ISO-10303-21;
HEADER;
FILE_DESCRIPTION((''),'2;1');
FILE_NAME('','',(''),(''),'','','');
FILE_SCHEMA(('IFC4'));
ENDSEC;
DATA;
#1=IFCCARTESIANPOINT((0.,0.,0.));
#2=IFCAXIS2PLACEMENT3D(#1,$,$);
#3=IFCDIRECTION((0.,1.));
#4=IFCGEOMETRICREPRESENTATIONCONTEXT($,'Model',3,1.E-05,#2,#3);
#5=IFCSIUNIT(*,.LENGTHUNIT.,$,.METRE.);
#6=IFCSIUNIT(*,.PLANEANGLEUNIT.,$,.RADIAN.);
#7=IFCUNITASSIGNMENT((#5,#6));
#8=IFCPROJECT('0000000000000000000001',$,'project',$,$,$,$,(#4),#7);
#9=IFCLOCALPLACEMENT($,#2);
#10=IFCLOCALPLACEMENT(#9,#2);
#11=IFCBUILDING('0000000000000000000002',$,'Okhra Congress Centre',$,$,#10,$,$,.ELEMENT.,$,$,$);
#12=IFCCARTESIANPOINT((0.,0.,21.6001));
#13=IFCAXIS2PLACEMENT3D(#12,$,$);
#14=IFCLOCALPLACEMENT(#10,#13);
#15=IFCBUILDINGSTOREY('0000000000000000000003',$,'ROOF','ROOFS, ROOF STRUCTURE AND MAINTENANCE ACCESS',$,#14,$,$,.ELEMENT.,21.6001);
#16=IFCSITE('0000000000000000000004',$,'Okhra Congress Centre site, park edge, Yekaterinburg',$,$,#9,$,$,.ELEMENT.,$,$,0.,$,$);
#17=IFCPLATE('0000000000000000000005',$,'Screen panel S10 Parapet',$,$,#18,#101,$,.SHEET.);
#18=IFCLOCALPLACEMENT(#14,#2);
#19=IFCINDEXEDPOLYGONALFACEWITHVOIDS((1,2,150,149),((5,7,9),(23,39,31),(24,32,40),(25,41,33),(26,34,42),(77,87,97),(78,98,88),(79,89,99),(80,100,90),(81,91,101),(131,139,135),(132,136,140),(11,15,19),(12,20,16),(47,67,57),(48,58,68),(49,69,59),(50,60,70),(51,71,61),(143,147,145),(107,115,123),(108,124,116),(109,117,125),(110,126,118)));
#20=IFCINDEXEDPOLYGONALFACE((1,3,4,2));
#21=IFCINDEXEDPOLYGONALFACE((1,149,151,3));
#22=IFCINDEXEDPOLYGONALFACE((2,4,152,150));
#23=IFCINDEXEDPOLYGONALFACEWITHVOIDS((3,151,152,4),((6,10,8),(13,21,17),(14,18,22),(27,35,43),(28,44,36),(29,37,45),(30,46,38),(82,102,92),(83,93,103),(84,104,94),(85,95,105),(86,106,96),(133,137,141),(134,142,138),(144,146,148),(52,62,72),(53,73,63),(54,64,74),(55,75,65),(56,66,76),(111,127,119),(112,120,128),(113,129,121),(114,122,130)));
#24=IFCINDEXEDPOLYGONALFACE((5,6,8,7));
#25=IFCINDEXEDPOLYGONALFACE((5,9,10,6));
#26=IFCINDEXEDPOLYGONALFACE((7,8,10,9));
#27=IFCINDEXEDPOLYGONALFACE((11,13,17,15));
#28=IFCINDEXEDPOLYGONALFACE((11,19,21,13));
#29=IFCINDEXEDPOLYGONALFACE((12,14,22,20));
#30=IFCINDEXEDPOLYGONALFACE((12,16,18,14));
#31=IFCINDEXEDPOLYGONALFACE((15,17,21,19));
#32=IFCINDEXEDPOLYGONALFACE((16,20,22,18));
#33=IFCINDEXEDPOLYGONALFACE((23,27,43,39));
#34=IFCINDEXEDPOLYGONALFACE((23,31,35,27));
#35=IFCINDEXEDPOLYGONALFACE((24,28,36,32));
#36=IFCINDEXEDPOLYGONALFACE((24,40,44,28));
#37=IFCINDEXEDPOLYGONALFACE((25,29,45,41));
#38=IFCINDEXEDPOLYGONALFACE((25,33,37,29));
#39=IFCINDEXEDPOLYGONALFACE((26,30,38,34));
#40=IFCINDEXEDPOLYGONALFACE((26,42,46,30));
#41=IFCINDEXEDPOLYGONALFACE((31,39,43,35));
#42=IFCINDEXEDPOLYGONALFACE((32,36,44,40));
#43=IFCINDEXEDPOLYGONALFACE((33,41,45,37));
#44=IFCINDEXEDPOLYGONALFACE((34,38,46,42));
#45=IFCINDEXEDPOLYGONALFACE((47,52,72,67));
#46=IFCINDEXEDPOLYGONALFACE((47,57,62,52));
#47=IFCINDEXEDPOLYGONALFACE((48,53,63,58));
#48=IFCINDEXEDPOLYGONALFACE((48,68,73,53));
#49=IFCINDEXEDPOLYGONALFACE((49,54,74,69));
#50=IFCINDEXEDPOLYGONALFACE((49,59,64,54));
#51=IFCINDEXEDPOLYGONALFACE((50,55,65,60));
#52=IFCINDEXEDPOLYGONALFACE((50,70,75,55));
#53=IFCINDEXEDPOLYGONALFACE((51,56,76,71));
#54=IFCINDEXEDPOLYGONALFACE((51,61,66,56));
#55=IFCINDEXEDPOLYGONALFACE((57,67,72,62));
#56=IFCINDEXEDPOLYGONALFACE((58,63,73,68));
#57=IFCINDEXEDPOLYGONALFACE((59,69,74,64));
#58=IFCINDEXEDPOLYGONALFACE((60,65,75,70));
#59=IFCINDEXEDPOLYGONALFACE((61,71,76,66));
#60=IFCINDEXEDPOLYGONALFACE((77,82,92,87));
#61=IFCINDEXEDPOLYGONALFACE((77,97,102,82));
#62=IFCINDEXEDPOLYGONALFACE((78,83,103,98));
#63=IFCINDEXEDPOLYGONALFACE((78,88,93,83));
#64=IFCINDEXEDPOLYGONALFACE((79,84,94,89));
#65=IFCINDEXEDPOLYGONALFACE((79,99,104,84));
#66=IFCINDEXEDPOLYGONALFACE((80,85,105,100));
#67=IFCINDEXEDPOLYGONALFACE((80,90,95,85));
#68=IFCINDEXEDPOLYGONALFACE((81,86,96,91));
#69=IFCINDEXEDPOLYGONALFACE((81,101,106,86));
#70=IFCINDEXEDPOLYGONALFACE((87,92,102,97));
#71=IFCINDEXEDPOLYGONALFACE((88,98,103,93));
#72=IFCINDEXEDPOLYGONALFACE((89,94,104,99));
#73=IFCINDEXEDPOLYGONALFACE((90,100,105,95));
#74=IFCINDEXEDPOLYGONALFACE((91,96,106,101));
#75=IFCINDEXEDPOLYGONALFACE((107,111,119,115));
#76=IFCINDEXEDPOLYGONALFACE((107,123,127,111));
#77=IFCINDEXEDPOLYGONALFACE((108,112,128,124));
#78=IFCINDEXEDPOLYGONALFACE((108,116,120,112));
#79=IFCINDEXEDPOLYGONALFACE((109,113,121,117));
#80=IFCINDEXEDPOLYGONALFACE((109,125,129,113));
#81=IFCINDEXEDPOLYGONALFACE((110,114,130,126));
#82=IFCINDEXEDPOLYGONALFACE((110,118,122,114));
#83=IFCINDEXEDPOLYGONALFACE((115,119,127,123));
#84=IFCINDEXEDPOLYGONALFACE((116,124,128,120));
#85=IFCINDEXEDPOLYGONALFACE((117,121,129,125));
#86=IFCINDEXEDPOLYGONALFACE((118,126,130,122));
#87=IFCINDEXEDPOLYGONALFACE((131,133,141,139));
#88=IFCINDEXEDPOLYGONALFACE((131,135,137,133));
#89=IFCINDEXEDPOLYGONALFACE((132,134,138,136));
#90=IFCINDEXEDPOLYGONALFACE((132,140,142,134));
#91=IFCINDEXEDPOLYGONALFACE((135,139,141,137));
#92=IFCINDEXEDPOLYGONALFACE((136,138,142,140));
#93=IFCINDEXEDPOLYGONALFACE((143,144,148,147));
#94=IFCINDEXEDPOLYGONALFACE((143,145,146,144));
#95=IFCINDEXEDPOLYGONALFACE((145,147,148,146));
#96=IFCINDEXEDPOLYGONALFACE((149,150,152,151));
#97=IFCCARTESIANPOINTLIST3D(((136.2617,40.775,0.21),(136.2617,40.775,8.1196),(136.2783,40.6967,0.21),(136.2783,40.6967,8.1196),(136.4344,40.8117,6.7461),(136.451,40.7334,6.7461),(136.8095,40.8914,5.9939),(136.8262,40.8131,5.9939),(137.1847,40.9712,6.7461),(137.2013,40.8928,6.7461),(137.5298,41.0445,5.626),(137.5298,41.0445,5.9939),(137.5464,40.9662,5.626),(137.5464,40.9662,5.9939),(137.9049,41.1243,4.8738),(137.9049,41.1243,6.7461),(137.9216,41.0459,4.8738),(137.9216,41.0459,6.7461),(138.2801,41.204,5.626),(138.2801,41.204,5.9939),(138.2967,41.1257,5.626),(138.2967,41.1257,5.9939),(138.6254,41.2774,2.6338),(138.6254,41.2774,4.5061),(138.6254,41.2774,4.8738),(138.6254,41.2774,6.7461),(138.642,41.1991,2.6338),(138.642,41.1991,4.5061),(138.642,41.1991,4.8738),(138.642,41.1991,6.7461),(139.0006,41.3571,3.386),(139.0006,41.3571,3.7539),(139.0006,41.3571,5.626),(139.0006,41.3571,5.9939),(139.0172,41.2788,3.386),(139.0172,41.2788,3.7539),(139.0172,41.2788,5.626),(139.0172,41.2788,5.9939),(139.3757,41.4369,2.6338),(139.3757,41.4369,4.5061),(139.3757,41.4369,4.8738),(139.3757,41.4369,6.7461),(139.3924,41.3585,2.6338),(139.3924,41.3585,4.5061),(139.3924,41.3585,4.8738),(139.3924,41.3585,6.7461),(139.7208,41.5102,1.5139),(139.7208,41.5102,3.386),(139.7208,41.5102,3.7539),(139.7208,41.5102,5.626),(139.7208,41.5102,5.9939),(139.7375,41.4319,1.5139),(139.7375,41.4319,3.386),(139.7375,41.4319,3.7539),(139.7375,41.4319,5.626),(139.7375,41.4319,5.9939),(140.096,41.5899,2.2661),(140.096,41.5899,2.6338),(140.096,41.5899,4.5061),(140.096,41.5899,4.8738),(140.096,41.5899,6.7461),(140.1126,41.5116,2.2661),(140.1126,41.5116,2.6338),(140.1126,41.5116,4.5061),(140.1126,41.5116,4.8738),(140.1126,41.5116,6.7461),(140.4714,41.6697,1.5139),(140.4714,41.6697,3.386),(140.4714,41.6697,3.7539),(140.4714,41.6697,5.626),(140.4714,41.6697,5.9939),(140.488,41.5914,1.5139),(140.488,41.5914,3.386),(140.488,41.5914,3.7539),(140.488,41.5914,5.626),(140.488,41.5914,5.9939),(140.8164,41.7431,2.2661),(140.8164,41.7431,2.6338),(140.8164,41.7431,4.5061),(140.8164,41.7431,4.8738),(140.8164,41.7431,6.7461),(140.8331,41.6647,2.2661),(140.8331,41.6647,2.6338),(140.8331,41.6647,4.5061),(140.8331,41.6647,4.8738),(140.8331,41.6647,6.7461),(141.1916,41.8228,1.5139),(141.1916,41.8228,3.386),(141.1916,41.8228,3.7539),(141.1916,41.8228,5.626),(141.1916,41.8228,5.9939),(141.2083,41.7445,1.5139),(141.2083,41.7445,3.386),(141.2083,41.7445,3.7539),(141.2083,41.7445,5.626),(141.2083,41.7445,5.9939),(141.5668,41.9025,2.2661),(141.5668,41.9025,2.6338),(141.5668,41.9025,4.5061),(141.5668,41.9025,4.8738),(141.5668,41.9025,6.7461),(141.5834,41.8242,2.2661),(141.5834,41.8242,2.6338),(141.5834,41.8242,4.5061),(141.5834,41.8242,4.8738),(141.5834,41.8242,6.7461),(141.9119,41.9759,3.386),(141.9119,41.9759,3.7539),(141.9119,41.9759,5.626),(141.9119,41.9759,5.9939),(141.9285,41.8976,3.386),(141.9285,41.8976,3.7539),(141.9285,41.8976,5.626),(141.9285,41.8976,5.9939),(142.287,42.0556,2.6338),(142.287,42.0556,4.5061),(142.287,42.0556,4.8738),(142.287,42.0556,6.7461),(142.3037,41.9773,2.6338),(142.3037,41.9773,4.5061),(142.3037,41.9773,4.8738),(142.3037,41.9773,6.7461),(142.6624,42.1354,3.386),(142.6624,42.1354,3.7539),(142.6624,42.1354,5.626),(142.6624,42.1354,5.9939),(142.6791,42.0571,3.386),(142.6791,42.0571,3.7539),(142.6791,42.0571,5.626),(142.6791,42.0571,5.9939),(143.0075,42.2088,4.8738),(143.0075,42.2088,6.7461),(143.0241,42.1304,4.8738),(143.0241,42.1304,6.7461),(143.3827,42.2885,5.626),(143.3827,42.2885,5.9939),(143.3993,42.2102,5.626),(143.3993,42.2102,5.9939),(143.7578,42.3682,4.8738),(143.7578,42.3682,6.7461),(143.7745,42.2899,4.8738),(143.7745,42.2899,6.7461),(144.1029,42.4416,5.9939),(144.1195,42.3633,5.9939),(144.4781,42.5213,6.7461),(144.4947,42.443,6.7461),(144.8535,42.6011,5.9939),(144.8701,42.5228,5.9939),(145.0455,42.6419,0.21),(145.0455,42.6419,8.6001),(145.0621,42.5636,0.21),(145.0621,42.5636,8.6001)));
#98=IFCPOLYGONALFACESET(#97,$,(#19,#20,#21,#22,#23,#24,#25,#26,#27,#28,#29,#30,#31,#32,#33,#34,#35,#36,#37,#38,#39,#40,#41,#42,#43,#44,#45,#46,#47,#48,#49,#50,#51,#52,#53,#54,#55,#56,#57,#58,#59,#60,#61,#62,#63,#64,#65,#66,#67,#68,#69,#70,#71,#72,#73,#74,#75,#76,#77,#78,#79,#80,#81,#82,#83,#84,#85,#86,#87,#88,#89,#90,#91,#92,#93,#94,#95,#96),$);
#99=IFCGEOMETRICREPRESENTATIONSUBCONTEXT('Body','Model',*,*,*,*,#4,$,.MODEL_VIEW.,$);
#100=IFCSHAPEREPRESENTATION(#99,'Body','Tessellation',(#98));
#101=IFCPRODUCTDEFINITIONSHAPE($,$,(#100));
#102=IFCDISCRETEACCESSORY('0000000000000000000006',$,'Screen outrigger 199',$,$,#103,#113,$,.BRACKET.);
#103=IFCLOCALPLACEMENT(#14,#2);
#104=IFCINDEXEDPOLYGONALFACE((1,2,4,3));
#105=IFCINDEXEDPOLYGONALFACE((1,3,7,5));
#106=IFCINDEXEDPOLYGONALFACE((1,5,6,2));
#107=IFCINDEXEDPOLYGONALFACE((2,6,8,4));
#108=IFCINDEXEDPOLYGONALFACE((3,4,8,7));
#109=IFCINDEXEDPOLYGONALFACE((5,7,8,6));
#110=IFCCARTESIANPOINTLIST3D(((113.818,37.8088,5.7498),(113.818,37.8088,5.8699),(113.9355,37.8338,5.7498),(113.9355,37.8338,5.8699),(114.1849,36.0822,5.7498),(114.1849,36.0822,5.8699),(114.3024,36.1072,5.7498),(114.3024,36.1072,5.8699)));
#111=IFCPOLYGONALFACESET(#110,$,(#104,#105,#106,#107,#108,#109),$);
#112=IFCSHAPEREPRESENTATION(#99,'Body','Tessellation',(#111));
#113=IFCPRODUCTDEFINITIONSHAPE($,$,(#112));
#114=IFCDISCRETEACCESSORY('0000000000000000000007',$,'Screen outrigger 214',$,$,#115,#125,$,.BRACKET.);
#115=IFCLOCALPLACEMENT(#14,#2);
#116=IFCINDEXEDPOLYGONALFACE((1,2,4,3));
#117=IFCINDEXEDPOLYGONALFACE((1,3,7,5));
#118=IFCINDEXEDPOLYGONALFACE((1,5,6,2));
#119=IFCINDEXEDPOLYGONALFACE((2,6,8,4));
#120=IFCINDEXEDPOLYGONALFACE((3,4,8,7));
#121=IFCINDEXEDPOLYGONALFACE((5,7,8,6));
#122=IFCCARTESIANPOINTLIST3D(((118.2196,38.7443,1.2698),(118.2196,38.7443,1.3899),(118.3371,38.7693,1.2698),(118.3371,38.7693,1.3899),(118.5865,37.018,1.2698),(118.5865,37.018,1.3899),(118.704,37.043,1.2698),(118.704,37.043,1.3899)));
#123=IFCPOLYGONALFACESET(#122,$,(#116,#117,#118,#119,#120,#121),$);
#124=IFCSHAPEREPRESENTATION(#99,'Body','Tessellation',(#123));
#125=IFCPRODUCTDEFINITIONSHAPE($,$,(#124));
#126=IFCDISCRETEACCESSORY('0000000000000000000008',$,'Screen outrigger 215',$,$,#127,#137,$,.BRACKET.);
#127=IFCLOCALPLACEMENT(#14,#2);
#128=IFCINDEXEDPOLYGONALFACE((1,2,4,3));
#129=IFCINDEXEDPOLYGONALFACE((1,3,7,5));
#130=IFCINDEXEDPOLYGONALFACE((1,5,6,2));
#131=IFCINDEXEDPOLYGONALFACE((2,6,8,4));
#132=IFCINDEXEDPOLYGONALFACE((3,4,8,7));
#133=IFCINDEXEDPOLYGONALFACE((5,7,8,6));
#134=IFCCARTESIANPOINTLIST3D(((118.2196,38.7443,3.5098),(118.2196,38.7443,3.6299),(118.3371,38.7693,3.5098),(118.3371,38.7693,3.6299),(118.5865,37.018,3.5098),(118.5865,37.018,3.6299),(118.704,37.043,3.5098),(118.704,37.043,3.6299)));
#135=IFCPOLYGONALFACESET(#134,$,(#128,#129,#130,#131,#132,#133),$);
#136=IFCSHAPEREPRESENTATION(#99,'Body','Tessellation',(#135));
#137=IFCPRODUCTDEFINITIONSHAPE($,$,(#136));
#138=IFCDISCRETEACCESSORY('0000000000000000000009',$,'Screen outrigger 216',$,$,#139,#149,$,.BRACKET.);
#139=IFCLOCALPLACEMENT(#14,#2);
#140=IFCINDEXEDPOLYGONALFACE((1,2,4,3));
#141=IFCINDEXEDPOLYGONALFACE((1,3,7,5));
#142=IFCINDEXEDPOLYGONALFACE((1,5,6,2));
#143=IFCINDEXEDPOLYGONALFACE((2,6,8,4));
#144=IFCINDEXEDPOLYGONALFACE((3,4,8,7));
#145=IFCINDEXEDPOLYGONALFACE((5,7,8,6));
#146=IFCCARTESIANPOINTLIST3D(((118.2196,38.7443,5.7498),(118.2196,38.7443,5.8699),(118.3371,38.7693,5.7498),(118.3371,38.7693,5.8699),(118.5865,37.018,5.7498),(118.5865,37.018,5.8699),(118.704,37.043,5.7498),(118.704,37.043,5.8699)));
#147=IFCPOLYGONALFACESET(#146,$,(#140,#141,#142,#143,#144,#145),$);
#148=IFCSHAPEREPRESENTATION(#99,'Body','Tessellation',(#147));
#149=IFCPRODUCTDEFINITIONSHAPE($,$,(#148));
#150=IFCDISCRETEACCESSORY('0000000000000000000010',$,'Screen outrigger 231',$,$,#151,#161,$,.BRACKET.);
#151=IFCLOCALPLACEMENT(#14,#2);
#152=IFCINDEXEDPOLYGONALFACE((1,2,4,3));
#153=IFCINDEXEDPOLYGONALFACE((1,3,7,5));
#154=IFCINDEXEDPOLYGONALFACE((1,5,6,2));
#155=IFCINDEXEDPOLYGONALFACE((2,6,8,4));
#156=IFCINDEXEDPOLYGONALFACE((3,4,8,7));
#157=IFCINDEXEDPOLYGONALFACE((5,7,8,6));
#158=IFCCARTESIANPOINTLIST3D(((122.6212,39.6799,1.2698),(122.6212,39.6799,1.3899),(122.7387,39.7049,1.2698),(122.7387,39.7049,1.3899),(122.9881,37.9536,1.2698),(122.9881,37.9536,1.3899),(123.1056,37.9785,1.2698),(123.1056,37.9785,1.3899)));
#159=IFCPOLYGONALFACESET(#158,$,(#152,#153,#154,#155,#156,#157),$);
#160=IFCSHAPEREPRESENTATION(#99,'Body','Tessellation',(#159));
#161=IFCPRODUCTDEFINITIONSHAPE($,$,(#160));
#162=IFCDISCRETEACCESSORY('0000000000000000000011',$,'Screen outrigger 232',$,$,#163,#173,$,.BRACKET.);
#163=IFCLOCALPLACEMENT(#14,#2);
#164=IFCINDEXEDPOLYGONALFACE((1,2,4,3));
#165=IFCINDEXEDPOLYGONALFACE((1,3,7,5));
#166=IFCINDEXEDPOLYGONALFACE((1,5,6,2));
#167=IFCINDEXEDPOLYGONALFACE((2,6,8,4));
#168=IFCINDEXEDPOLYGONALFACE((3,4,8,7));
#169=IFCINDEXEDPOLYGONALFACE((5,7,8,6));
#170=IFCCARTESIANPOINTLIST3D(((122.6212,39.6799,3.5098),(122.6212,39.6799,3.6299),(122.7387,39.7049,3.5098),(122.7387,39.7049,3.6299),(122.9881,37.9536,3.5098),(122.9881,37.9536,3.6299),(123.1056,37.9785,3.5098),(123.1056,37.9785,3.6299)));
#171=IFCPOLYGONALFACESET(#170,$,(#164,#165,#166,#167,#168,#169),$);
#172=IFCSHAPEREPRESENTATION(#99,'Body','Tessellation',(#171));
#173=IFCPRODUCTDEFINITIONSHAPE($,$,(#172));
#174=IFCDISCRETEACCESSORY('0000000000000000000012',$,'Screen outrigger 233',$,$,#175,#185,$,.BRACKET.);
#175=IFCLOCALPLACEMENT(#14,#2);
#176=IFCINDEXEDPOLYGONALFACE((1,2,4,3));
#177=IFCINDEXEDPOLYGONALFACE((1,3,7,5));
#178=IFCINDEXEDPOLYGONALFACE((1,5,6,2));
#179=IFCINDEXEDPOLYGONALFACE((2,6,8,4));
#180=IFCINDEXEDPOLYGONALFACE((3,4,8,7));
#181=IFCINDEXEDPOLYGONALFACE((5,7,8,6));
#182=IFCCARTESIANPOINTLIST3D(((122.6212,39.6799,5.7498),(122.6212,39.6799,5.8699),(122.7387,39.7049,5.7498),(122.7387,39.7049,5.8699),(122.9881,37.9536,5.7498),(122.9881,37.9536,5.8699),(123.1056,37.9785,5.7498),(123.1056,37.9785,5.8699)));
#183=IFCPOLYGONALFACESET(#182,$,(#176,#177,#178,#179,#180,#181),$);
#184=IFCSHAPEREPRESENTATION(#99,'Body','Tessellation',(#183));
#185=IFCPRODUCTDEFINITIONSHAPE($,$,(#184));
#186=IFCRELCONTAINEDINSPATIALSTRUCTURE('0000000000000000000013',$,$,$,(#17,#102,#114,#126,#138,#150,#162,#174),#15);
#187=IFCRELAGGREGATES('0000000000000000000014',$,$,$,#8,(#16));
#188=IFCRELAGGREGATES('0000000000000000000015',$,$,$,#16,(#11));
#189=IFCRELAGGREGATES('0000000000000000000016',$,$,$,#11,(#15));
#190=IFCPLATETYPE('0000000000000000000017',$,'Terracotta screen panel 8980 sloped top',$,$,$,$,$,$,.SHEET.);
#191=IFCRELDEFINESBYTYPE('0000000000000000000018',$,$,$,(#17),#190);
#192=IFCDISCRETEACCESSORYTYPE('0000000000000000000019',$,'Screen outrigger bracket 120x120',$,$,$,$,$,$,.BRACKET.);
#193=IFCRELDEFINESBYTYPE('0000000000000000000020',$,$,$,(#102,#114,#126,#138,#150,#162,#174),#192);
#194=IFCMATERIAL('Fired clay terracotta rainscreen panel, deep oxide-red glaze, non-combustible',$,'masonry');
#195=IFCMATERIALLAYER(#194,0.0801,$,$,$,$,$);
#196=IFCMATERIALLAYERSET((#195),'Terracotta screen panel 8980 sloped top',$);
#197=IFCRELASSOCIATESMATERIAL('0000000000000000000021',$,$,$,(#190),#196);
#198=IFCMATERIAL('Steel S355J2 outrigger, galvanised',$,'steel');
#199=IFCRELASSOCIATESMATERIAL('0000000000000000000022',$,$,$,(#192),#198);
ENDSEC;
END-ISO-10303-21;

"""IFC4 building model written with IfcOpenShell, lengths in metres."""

from ifc_helpers import new_model, si_unit, direction, frame, origin, origin_2d, place, context, subcontext, project, spatial, polyline, rectangle, outline, extrude, material, layer, layer_set, material_profile, profile_set, type_object, element, save


model = new_model("IFC4")

# Units and contexts
model_context = context("Model", 3, precision=1e-05, world=origin(), true_north=direction((0.0, 1.0)))
body_context = subcontext(model_context, "Body", "Model", "MODEL_VIEW")
ifc_project = project(units=[si_unit("LENGTHUNIT", "METRE"), si_unit("PLANEANGLEUNIT", "RADIAN")], contexts=[model_context])

# Site, building, storey
site_placement = place(None, origin())
site = spatial("IfcSite", under=ifc_project, at=site_placement, Name="Okhra Congress Centre site, park edge, Yekaterinburg", CompositionType="ELEMENT", RefElevation=0.0)
building_placement = place(site_placement, origin())
building = spatial("IfcBuilding", under=site, at=building_placement, Name="Okhra Congress Centre", CompositionType="ELEMENT")
storey_placement = place(building_placement, frame((0.0, 0.0, 21.6001)))
storey = spatial("IfcBuildingStorey", under=building, at=storey_placement, Name="ROOF", Description="ROOFS, ROOF STRUCTURE AND MAINTENANCE ACCESS", CompositionType="ELEMENT", Elevation=21.6001)

# Plate
ifc_material_1 = material(Name="Fired clay terracotta rainscreen panel, deep oxide-red glaze, non-combustible", Category="masonry")
ifc_layer = layer(ifc_material_1, 0.0801)
ifc_layer_set = layer_set([ifc_layer], Name="Terracotta screen panel 8980 sloped top")
plate_type = type_object("IfcPlateType", Name="Terracotta screen panel 8980 sloped top", PredefinedType="SHEET", material=ifc_layer_set)
plate_1_placement = place(storey_placement, frame((136.27, 40.7358, 0.21), z_axis=(0.0, 0.0, 1.0), x_axis=(0.978151, 0.207897, 0.0)))
element("IfcPlate", 1, at=plate_1_placement, inside=storey, type_object=plate_type, Name="Screen panel S10 Parapet", PredefinedType="SHEET", context=body_context, shape_type="SweptSolid", body=[
    extrude(outline(polyline([(0.0, 0.0), (8.98, 0.0), (8.98, 8.3901), (0.0, 7.9097), (0.0, 0.0)]), holes=[polyline([(3.5364, 1.304), (4.3037, 1.304), (3.9199, 2.0562), (3.5364, 1.304)]), polyline([(4.6565, 2.0562), (5.04, 1.304), (5.4236, 2.0562), (4.6565, 2.0562)]), polyline([(2.4165, 2.4238), (3.1836, 2.4238), (2.8, 3.176), (2.4165, 2.4238)]), polyline([(3.5364, 3.176), (3.9199, 2.4238), (4.3037, 3.176), (3.5364, 3.176)]), polyline([(4.6565, 2.4238), (5.4236, 2.4238), (5.04, 3.176), (4.6565, 2.4238)]), polyline([(5.7764, 3.176), (6.1599, 2.4238), (6.5437, 3.176), (5.7764, 3.176)]), polyline([(2.4165, 4.2961), (2.8, 3.5439), (3.1836, 4.2961), (2.4165, 4.2961)]), polyline([(3.5364, 3.5439), (4.3037, 3.5439), (3.9199, 4.2961), (3.5364, 3.5439)]), polyline([(4.6565, 4.2961), (5.04, 3.5439), (5.4236, 4.2961), (4.6565, 4.2961)]), polyline([(5.7764, 3.5439), (6.5437, 3.5439), (6.1599, 4.2961), (5.7764, 3.5439)]), polyline([(1.2964, 5.416), (1.6799, 4.6638), (2.0635, 5.416), (1.2964, 5.416)]), polyline([(2.4165, 4.6638), (3.1836, 4.6638), (2.8, 5.416), (2.4165, 4.6638)]), polyline([(3.5364, 5.416), (3.9199, 4.6638), (4.3037, 5.416), (3.5364, 5.416)]), polyline([(4.6565, 4.6638), (5.4236, 4.6638), (5.04, 5.416), (4.6565, 4.6638)]), polyline([(5.7764, 5.416), (6.1599, 4.6638), (6.5437, 5.416), (5.7764, 5.416)]), polyline([(6.8965, 4.6638), (7.6636, 4.6638), (7.28, 5.416), (6.8965, 4.6638)]), polyline([(0.1765, 6.5361), (0.5601, 5.7839), (0.9436, 6.5361), (0.1765, 6.5361)]), polyline([(1.2964, 5.7839), (2.0635, 5.7839), (1.6799, 6.5361), (1.2964, 5.7839)]), polyline([(2.4165, 6.5361), (2.8, 5.7839), (3.1836, 6.5361), (2.4165, 6.5361)]), polyline([(3.5364, 5.7839), (4.3037, 5.7839), (3.9199, 6.5361), (3.5364, 5.7839)]), polyline([(4.6565, 6.5361), (5.04, 5.7839), (5.4236, 6.5361), (4.6565, 6.5361)]), polyline([(5.7764, 5.7839), (6.5437, 5.7839), (6.1599, 6.5361), (5.7764, 5.7839)]), polyline([(6.8965, 6.5361), (7.28, 5.7839), (7.6636, 6.5361), (6.8965, 6.5361)]), polyline([(8.0164, 5.7839), (8.7837, 5.7839), (8.3999, 6.5361), (8.0164, 5.7839)])]), frame((0.0, 0.04, 0.0), z_axis=(0.0, -1.0, 0.0), x_axis=(1.0, 0.0, 0.0)), (0.0, 0.0, 1.0), 0.0801),
])

# Discrete accessories
ifc_material_2 = material(Name="Steel S355J2 outrigger, galvanised", Category="steel")
ifc_material_profile_1 = material_profile(ifc_material_2, rectangle(XDim=0.1201, YDim=0.1201, at=origin_2d()), Name="Screen outrigger bracket 120x120")
ifc_profile_set_1 = profile_set([ifc_material_profile_1], Name="Steel S355J2 outrigger, galvanised")
discrete_accessory_type = type_object("IfcDiscreteAccessoryType", Name="Screen outrigger bracket 120x120", PredefinedType="BRACKET", material=ifc_profile_set_1)
discrete_accessory_placement = place(storey_placement, frame((113.8767, 37.8213, 5.8098), z_axis=(0.207885, -0.978153, 0.0), x_axis=(0.978153, 0.207885, 0.0)))
element("IfcDiscreteAccessory", 2, at=discrete_accessory_placement, inside=storey, type_object=discrete_accessory_type, Name="Screen outrigger 199", PredefinedType="BRACKET", context=body_context, shape_type="SweptSolid", body=[
    extrude(rectangle(XDim=0.1201, YDim=0.1201, at=origin_2d()), origin(), (0.0, 0.0, 1.0), 1.7651),
])
for number, where, z_axis, x_axis, name in (
    (3, (118.2783, 38.7568, 1.3298), (0.207913, -0.978147, 0.0), (0.978147, 0.207913, 0.0), "Screen outrigger 214"),
    (4, (118.2783, 38.7568, 3.5698), (0.207913, -0.978147, 0.0), (0.978147, 0.207913, 0.0), "Screen outrigger 215"),
    (5, (118.2783, 38.7568, 5.8098), (0.207913, -0.978147, 0.0), (0.978147, 0.207913, 0.0), "Screen outrigger 216"),
    (6, (122.6799, 39.6924, 1.3298), (0.207913, -0.978147, 0.0), (0.978147, 0.207913, 0.0), "Screen outrigger 231"),
    (7, (122.6799, 39.6924, 3.5698), (0.207913, -0.978147, 0.0), (0.978147, 0.207913, 0.0), "Screen outrigger 232"),
    (8, (122.6799, 39.6924, 5.8098), (0.207913, -0.978147, 0.0), (0.978147, 0.207913, 0.0), "Screen outrigger 233"),
):
    element("IfcDiscreteAccessory", number, at=place(storey_placement, frame(where, z_axis=z_axis, x_axis=x_axis)), inside=storey, type_object=discrete_accessory_type, Name=name, PredefinedType="BRACKET", context=body_context, shape_type="SweptSolid", body=[
        extrude(rectangle(XDim=0.1201, YDim=0.1201, at=origin_2d()), origin(), (0.0, 0.0, 1.0), 1.7649),
    ])

save(model, "model.ifc")
